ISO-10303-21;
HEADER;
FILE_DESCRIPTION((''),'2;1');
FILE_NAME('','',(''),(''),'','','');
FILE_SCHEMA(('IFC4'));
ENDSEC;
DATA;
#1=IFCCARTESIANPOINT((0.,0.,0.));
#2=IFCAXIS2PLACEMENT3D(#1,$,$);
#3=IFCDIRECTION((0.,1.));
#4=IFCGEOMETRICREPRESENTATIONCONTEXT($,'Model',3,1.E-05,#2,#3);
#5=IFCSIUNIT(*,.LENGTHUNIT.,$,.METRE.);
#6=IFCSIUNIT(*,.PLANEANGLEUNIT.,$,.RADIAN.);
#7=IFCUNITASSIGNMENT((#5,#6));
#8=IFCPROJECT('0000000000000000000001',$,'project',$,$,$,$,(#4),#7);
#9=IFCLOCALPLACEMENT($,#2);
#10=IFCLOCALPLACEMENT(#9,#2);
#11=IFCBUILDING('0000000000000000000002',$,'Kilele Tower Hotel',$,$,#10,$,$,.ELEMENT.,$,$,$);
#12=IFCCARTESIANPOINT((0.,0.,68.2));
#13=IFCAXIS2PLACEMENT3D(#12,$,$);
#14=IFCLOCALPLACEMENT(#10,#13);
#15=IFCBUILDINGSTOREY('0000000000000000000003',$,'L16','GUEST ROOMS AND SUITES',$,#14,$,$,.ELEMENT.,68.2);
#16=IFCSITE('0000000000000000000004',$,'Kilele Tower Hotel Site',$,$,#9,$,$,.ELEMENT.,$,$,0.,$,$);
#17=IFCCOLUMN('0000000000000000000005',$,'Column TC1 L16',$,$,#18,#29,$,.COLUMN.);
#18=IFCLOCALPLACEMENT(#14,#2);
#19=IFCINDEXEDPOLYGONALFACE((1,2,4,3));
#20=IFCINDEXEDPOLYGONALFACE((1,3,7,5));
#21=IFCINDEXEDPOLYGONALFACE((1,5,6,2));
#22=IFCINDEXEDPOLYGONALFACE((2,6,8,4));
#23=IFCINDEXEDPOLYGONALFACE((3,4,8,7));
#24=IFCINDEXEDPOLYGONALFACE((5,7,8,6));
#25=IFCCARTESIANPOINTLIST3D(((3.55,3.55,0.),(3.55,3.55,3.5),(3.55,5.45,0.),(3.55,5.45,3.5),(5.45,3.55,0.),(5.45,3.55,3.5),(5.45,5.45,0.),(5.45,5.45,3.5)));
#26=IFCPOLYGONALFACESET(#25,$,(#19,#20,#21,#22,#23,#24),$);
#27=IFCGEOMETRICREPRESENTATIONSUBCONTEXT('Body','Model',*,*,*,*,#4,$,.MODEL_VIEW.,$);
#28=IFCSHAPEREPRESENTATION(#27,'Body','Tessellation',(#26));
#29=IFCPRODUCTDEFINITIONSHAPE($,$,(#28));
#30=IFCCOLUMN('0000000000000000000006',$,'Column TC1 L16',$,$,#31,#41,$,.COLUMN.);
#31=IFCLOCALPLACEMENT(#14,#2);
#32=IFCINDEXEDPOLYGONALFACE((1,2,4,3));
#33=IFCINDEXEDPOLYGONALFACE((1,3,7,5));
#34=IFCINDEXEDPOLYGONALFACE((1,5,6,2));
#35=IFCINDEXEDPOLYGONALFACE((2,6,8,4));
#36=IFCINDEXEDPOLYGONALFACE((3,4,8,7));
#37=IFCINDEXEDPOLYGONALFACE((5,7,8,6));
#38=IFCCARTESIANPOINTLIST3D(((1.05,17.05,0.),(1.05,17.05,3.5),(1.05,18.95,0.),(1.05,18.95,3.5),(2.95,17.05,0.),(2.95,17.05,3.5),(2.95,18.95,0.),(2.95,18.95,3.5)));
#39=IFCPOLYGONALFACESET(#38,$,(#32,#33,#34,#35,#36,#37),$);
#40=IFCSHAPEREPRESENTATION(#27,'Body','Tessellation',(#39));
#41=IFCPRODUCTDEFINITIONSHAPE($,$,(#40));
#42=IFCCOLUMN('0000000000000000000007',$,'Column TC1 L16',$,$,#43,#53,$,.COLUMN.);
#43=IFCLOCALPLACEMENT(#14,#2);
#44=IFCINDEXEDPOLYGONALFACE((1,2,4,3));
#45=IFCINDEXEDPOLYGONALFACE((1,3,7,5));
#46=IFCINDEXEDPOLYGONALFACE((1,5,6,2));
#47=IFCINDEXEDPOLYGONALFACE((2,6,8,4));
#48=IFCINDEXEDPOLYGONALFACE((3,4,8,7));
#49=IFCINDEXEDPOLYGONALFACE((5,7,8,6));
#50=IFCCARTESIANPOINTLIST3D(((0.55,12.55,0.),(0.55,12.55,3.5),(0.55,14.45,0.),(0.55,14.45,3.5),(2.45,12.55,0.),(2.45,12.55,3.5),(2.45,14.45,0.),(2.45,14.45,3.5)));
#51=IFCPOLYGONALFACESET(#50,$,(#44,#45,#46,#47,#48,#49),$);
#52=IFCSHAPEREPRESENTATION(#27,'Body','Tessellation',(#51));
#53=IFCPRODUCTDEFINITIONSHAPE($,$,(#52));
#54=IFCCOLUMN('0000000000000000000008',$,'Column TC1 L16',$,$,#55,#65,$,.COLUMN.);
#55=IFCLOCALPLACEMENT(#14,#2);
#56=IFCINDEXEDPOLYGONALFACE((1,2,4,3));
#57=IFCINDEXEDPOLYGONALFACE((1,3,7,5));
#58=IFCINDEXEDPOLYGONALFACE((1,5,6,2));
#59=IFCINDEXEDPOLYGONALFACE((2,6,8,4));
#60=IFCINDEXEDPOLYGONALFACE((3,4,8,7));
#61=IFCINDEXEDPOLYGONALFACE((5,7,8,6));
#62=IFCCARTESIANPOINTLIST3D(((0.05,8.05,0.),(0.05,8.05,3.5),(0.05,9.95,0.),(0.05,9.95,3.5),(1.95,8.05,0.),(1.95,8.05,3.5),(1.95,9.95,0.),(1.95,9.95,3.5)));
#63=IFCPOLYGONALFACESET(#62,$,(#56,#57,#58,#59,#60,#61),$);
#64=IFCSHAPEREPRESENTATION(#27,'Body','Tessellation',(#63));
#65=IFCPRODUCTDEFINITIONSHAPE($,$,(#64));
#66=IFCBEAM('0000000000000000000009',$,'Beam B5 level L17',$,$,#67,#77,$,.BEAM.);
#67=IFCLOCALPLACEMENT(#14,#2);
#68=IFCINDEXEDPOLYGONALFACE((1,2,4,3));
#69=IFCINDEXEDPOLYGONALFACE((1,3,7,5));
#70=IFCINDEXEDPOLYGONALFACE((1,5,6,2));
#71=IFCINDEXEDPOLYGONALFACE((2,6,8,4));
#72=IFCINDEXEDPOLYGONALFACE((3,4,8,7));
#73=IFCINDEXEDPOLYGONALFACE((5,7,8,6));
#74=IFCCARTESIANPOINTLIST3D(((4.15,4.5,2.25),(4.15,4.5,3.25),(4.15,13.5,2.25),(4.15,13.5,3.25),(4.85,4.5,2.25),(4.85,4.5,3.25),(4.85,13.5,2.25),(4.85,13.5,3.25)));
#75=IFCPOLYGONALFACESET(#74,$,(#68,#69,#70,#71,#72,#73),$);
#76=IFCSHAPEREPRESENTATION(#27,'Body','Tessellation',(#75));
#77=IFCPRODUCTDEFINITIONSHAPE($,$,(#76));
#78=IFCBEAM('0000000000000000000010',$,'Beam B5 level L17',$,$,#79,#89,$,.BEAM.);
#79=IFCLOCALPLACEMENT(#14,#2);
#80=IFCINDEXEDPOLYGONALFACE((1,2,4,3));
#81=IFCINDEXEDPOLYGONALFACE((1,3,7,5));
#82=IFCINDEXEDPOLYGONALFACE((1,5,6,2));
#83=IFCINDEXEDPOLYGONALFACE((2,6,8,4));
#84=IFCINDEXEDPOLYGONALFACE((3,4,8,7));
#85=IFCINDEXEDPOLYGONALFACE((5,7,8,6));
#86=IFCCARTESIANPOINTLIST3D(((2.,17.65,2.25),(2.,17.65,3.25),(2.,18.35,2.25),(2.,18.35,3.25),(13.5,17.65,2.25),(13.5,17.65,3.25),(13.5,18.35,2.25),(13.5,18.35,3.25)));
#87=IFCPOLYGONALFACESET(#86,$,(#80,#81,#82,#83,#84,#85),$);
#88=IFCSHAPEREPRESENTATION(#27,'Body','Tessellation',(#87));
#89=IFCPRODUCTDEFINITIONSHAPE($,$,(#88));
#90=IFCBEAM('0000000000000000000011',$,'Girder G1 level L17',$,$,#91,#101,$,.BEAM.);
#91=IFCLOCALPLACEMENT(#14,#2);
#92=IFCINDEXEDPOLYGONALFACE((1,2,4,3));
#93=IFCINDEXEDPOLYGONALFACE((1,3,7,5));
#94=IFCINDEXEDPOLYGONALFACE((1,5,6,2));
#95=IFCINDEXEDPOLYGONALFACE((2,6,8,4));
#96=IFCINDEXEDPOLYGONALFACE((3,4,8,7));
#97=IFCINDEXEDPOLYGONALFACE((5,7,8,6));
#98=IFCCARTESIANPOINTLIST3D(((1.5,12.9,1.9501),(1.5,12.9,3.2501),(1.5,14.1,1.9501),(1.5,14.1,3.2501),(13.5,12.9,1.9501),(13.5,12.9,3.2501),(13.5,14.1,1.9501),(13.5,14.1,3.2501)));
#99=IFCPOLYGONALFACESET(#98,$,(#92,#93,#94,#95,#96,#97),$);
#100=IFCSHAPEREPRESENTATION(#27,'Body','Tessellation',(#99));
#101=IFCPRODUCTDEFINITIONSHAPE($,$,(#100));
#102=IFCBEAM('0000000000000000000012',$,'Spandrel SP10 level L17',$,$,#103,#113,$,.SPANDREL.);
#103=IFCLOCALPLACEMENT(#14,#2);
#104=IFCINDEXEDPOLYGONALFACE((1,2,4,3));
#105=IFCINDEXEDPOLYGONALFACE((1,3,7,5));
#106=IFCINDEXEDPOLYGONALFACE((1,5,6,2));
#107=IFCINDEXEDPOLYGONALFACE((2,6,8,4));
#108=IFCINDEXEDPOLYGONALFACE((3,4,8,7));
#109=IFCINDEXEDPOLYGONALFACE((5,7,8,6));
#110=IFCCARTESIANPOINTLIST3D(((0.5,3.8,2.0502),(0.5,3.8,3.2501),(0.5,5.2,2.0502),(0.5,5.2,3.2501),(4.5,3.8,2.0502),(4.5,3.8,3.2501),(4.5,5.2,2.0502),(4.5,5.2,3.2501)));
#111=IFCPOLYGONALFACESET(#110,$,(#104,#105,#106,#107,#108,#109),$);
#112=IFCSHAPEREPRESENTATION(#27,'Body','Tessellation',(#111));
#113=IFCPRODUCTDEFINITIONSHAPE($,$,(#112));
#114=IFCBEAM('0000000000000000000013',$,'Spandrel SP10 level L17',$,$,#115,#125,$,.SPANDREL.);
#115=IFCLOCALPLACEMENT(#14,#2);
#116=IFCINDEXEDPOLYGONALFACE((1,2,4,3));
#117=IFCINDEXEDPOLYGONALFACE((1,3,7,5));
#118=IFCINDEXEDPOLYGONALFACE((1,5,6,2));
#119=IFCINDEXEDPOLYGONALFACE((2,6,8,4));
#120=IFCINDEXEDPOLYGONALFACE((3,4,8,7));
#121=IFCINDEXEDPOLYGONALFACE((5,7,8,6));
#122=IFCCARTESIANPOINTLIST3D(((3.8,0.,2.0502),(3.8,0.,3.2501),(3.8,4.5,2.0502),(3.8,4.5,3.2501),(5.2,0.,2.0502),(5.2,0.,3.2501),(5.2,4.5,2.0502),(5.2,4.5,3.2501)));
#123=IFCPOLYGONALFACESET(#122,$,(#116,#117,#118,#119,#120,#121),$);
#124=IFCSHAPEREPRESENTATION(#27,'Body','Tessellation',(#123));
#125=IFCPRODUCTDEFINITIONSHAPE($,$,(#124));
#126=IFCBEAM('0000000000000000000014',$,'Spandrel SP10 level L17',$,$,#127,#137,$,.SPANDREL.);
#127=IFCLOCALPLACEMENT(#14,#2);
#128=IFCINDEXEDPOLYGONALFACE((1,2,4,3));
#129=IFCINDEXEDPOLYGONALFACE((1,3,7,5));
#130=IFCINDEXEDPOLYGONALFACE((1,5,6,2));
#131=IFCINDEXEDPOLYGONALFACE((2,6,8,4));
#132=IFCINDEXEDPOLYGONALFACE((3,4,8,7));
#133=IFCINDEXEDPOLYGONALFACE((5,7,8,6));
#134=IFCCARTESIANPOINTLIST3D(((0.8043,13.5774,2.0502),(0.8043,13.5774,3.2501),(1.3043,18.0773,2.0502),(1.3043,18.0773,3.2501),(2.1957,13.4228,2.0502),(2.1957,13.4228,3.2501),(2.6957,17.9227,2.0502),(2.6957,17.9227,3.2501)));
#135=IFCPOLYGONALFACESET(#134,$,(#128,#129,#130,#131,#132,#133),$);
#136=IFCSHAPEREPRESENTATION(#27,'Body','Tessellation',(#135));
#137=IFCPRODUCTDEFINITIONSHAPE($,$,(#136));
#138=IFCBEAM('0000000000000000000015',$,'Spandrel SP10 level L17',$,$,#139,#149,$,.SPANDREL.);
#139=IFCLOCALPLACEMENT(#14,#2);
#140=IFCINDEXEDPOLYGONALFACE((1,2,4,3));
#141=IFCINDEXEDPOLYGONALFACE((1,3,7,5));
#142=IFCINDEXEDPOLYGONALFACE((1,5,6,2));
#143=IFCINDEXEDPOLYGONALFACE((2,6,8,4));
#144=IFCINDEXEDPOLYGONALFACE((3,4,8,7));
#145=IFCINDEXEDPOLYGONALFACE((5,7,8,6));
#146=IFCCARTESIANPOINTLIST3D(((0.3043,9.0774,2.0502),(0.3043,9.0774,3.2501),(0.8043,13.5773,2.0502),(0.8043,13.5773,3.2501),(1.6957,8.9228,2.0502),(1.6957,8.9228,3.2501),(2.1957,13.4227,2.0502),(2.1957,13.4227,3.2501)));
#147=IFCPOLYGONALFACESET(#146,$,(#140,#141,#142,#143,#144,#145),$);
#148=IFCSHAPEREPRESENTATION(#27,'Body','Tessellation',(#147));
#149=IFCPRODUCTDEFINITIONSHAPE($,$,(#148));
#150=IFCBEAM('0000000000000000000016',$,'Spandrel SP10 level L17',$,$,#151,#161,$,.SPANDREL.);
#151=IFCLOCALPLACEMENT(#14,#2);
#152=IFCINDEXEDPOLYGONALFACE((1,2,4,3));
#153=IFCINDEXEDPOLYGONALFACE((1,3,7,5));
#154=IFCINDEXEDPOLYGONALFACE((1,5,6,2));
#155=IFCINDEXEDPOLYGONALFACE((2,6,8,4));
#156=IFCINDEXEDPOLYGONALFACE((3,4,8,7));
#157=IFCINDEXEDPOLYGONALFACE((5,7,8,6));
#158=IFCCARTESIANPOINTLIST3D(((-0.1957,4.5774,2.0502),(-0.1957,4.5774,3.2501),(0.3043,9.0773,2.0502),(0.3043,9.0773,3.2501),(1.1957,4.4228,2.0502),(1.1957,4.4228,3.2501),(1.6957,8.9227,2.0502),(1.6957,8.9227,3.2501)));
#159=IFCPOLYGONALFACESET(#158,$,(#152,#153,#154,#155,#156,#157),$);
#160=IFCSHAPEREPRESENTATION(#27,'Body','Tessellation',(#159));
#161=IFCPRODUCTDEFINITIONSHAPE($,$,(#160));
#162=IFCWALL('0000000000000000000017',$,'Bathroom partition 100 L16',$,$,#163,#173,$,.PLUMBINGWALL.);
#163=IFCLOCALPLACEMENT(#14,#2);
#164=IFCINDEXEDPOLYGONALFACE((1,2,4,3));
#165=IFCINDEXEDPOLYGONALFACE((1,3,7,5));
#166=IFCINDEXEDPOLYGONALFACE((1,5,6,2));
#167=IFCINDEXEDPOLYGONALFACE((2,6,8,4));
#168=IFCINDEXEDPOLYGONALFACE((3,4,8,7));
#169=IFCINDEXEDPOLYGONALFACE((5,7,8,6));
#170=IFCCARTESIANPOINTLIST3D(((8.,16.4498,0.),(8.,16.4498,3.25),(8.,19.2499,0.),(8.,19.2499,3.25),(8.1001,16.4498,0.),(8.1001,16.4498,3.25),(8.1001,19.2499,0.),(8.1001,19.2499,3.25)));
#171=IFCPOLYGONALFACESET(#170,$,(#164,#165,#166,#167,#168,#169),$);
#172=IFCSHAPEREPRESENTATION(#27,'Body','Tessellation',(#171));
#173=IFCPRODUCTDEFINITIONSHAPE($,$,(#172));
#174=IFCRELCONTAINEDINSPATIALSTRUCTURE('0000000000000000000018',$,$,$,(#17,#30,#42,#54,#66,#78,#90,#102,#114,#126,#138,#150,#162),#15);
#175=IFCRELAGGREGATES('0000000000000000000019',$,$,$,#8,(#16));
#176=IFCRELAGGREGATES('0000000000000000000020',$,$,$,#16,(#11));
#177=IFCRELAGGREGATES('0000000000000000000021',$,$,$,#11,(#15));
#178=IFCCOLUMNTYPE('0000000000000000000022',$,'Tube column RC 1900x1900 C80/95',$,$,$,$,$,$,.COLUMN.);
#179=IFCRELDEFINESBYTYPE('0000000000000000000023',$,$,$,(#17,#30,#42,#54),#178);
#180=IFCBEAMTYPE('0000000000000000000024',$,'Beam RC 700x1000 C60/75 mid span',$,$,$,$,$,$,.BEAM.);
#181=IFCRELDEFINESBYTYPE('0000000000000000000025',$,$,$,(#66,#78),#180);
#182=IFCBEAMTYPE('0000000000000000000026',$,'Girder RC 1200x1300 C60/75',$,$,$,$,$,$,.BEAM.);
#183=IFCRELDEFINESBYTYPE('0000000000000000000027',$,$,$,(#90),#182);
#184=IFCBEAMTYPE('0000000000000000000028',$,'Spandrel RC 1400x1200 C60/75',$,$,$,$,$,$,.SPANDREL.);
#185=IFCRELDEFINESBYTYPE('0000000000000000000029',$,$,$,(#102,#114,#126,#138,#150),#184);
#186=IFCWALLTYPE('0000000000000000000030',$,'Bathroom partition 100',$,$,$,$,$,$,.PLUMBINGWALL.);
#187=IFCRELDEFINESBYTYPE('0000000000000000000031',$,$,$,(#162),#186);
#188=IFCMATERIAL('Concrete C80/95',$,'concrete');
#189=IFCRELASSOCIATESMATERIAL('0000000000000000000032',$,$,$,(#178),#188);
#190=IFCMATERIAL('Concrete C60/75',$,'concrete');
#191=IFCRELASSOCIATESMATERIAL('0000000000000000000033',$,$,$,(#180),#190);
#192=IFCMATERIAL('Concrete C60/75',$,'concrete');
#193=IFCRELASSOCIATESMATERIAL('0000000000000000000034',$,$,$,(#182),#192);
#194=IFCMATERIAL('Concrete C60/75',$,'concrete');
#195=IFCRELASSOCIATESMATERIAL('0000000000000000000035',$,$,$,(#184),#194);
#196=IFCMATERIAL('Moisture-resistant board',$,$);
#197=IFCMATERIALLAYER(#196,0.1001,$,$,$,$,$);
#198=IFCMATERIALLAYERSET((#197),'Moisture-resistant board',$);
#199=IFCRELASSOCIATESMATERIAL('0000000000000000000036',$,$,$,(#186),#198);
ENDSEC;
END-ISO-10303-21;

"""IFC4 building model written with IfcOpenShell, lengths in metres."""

from ifc_helpers import new_model, si_unit, direction, frame, frame_2d, origin, origin_2d, place, context, subcontext, project, spatial, rectangle, extrude, material, layer, layer_set, material_profile, profile_set, type_object, element, save


model = new_model("IFC4")

# Units and contexts
model_context = context("Model", 3, precision=1e-05, world=origin(), true_north=direction((0.0, 1.0)))
body_context = subcontext(model_context, "Body", "Model", "MODEL_VIEW")
ifc_project = project(units=[si_unit("LENGTHUNIT", "METRE"), si_unit("PLANEANGLEUNIT", "RADIAN")], contexts=[model_context])

# Site, building, storey
site_placement = place(None, origin())
site = spatial("IfcSite", under=ifc_project, at=site_placement, Name="Kilele Tower Hotel Site", CompositionType="ELEMENT", RefElevation=0.0)
building_placement = place(site_placement, origin())
building = spatial("IfcBuilding", under=site, at=building_placement, Name="Kilele Tower Hotel", CompositionType="ELEMENT")
storey_placement = place(building_placement, frame((0.0, 0.0, 68.2)))
storey = spatial("IfcBuildingStorey", under=building, at=storey_placement, Name="L16", Description="GUEST ROOMS AND SUITES", CompositionType="ELEMENT", Elevation=68.2)

# Columns
ifc_material_1 = material(Name="Concrete C80/95", Category="concrete")
ifc_material_profile_1 = material_profile(ifc_material_1, rectangle(XDim=1.8999, YDim=1.8999, at=origin_2d()))
ifc_profile_set_1 = profile_set([ifc_material_profile_1], Name="Concrete C80/95")
column_type = type_object("IfcColumnType", Name="Tube column RC 1900x1900 C80/95", PredefinedType="COLUMN", material=ifc_profile_set_1)
for number, where, z_axis, x_axis, name in (
    (1, (4.5, 4.5, 0.0), (0.0, 0.0, 1.0), (1.0, 0.0, 0.0), "Column TC1 L16"),
    (2, (2.0, 18.0, 0.0), (0.0, 0.0, 1.0), (1.0, 0.0, 0.0), "Column TC1 L16"),
    (3, (1.5, 13.5, 0.0), (0.0, 0.0, 1.0), (1.0, 0.0, 0.0), "Column TC1 L16"),
    (4, (1.0, 9.0, 0.0), (0.0, 0.0, 1.0), (1.0, 0.0, 0.0), "Column TC1 L16"),
):
    element("IfcColumn", number, at=place(storey_placement, frame(where, z_axis=z_axis, x_axis=x_axis)), inside=storey, type_object=column_type, Name=name, PredefinedType="COLUMN", context=body_context, shape_type="SweptSolid", body=[
        extrude(rectangle(XDim=1.8999, YDim=1.8999, at=origin_2d()), origin(), (0.0, 0.0, 1.0), 3.5),
    ])

# Beams
ifc_material_2 = material(Name="Concrete C60/75", Category="concrete")
ifc_material_profile_2 = material_profile(ifc_material_2, rectangle(XDim=0.7, YDim=1.0, at=origin_2d()))
ifc_profile_set_2 = profile_set([ifc_material_profile_2], Name="Concrete C60/75")
beam_type_1 = type_object("IfcBeamType", Name="Beam RC 700x1000 C60/75 mid span", PredefinedType="BEAM", material=ifc_profile_set_2)
beam_1_placement = place(storey_placement, frame((4.5, 4.5, 2.75), z_axis=(0.0, 1.0, 0.0), x_axis=(-1.0, 0.0, 0.0)))
element("IfcBeam", 5, at=beam_1_placement, inside=storey, type_object=beam_type_1, Name="Beam B5 level L17", PredefinedType="BEAM", context=body_context, shape_type="SweptSolid", body=[
    extrude(rectangle(XDim=0.7, YDim=1.0, at=origin_2d()), origin(), (0.0, 0.0, 1.0), 9.0),
])
beam_2_placement = place(storey_placement, frame((2.0, 18.0, 2.75), z_axis=(1.0, 0.0, 0.0), x_axis=(0.0, 1.0, 0.0)))
element("IfcBeam", 6, at=beam_2_placement, inside=storey, type_object=beam_type_1, Name="Beam B5 level L17", PredefinedType="BEAM", context=body_context, shape_type="SweptSolid", body=[
    extrude(rectangle(XDim=0.7, YDim=1.0, at=origin_2d()), origin(), (0.0, 0.0, 1.0), 11.5),
])
ifc_material_3 = material(Name="Concrete C60/75", Category="concrete")
ifc_material_profile_3 = material_profile(ifc_material_3, rectangle(XDim=1.2, YDim=1.3, at=origin_2d()))
ifc_profile_set_3 = profile_set([ifc_material_profile_3], Name="Concrete C60/75")
beam_type_2 = type_object("IfcBeamType", Name="Girder RC 1200x1300 C60/75", PredefinedType="BEAM", material=ifc_profile_set_3)
beam_3_placement = place(storey_placement, frame((1.5, 13.5, 2.6001), z_axis=(1.0, 0.0, 0.0), x_axis=(0.0, 1.0, 0.0)))
element("IfcBeam", 7, at=beam_3_placement, inside=storey, type_object=beam_type_2, Name="Girder G1 level L17", PredefinedType="BEAM", context=body_context, shape_type="SweptSolid", body=[
    extrude(rectangle(XDim=1.2, YDim=1.3, at=origin_2d()), origin(), (0.0, 0.0, 1.0), 12.0),
])
ifc_material_4 = material(Name="Concrete C60/75", Category="concrete")
ifc_material_profile_4 = material_profile(ifc_material_4, rectangle(XDim=1.3999, YDim=1.2, at=origin_2d()))
ifc_profile_set_4 = profile_set([ifc_material_profile_4], Name="Concrete C60/75")
beam_type_3 = type_object("IfcBeamType", Name="Spandrel RC 1400x1200 C60/75", PredefinedType="SPANDREL", material=ifc_profile_set_4)
beam_4_placement = place(storey_placement, frame((0.5, 4.5, 2.6501), z_axis=(1.0, 0.0, 0.0), x_axis=(0.0, 1.0, 0.0)))
element("IfcBeam", 8, at=beam_4_placement, inside=storey, type_object=beam_type_3, Name="Spandrel SP10 level L17", PredefinedType="SPANDREL", context=body_context, shape_type="SweptSolid", body=[
    extrude(rectangle(XDim=1.3999, YDim=1.2, at=origin_2d()), origin(), (0.0, 0.0, 1.0), 4.0),
])
beam_5_placement = place(storey_placement, frame((4.5, 4.5, 2.6501), z_axis=(0.0, -1.0, 0.0), x_axis=(1.0, 0.0, 0.0)))
element("IfcBeam", 9, at=beam_5_placement, inside=storey, type_object=beam_type_3, Name="Spandrel SP10 level L17", PredefinedType="SPANDREL", context=body_context, shape_type="SweptSolid", body=[
    extrude(rectangle(XDim=1.3999, YDim=1.2, at=origin_2d()), origin(), (0.0, 0.0, 1.0), 4.5),
])
for number, where, z_axis, x_axis, name in (
    (10, (2.0, 18.0, 2.6501), (-0.110432, -0.993884, 0.0), (0.993884, -0.110432, 0.0), "Spandrel SP10 level L17"),
    (11, (1.5, 13.5, 2.6501), (-0.110432, -0.993884, 0.0), (0.993884, -0.110432, 0.0), "Spandrel SP10 level L17"),
    (12, (1.0, 9.0, 2.6501), (-0.110432, -0.993884, 0.0), (0.993884, -0.110432, 0.0), "Spandrel SP10 level L17"),
):
    element("IfcBeam", number, at=place(storey_placement, frame(where, z_axis=z_axis, x_axis=x_axis)), inside=storey, type_object=beam_type_3, Name=name, PredefinedType="SPANDREL", context=body_context, shape_type="SweptSolid", body=[
        extrude(rectangle(XDim=1.3999, YDim=1.2, at=origin_2d()), origin(), (0.0, 0.0, 1.0), 4.5276),
    ])

# Wall
ifc_material_5 = material(Name="Moisture-resistant board")
ifc_layer_1 = layer(ifc_material_5, 0.1001)
ifc_layer_set_1 = layer_set([ifc_layer_1], Name="Moisture-resistant board")
wall_type_1 = type_object("IfcWallType", Name="Bathroom partition 100", PredefinedType="PLUMBINGWALL", material=ifc_layer_set_1)
wall_1_placement = place(storey_placement, frame((8.05, 16.45, 0.0), z_axis=(0.0, 0.0, 1.0), x_axis=(0.0, 1.0, 0.0)))
element("IfcWall", 13, at=wall_1_placement, inside=storey, type_object=wall_type_1, Name="Bathroom partition 100 L16", PredefinedType="PLUMBINGWALL", context=body_context, shape_type="SweptSolid", body=[
    extrude(rectangle(XDim=2.8, YDim=0.1001, at=frame_2d((1.3999, 0.0))), origin(), (0.0, 0.0, 1.0), 3.25),
])

save(model, "model.ifc")
